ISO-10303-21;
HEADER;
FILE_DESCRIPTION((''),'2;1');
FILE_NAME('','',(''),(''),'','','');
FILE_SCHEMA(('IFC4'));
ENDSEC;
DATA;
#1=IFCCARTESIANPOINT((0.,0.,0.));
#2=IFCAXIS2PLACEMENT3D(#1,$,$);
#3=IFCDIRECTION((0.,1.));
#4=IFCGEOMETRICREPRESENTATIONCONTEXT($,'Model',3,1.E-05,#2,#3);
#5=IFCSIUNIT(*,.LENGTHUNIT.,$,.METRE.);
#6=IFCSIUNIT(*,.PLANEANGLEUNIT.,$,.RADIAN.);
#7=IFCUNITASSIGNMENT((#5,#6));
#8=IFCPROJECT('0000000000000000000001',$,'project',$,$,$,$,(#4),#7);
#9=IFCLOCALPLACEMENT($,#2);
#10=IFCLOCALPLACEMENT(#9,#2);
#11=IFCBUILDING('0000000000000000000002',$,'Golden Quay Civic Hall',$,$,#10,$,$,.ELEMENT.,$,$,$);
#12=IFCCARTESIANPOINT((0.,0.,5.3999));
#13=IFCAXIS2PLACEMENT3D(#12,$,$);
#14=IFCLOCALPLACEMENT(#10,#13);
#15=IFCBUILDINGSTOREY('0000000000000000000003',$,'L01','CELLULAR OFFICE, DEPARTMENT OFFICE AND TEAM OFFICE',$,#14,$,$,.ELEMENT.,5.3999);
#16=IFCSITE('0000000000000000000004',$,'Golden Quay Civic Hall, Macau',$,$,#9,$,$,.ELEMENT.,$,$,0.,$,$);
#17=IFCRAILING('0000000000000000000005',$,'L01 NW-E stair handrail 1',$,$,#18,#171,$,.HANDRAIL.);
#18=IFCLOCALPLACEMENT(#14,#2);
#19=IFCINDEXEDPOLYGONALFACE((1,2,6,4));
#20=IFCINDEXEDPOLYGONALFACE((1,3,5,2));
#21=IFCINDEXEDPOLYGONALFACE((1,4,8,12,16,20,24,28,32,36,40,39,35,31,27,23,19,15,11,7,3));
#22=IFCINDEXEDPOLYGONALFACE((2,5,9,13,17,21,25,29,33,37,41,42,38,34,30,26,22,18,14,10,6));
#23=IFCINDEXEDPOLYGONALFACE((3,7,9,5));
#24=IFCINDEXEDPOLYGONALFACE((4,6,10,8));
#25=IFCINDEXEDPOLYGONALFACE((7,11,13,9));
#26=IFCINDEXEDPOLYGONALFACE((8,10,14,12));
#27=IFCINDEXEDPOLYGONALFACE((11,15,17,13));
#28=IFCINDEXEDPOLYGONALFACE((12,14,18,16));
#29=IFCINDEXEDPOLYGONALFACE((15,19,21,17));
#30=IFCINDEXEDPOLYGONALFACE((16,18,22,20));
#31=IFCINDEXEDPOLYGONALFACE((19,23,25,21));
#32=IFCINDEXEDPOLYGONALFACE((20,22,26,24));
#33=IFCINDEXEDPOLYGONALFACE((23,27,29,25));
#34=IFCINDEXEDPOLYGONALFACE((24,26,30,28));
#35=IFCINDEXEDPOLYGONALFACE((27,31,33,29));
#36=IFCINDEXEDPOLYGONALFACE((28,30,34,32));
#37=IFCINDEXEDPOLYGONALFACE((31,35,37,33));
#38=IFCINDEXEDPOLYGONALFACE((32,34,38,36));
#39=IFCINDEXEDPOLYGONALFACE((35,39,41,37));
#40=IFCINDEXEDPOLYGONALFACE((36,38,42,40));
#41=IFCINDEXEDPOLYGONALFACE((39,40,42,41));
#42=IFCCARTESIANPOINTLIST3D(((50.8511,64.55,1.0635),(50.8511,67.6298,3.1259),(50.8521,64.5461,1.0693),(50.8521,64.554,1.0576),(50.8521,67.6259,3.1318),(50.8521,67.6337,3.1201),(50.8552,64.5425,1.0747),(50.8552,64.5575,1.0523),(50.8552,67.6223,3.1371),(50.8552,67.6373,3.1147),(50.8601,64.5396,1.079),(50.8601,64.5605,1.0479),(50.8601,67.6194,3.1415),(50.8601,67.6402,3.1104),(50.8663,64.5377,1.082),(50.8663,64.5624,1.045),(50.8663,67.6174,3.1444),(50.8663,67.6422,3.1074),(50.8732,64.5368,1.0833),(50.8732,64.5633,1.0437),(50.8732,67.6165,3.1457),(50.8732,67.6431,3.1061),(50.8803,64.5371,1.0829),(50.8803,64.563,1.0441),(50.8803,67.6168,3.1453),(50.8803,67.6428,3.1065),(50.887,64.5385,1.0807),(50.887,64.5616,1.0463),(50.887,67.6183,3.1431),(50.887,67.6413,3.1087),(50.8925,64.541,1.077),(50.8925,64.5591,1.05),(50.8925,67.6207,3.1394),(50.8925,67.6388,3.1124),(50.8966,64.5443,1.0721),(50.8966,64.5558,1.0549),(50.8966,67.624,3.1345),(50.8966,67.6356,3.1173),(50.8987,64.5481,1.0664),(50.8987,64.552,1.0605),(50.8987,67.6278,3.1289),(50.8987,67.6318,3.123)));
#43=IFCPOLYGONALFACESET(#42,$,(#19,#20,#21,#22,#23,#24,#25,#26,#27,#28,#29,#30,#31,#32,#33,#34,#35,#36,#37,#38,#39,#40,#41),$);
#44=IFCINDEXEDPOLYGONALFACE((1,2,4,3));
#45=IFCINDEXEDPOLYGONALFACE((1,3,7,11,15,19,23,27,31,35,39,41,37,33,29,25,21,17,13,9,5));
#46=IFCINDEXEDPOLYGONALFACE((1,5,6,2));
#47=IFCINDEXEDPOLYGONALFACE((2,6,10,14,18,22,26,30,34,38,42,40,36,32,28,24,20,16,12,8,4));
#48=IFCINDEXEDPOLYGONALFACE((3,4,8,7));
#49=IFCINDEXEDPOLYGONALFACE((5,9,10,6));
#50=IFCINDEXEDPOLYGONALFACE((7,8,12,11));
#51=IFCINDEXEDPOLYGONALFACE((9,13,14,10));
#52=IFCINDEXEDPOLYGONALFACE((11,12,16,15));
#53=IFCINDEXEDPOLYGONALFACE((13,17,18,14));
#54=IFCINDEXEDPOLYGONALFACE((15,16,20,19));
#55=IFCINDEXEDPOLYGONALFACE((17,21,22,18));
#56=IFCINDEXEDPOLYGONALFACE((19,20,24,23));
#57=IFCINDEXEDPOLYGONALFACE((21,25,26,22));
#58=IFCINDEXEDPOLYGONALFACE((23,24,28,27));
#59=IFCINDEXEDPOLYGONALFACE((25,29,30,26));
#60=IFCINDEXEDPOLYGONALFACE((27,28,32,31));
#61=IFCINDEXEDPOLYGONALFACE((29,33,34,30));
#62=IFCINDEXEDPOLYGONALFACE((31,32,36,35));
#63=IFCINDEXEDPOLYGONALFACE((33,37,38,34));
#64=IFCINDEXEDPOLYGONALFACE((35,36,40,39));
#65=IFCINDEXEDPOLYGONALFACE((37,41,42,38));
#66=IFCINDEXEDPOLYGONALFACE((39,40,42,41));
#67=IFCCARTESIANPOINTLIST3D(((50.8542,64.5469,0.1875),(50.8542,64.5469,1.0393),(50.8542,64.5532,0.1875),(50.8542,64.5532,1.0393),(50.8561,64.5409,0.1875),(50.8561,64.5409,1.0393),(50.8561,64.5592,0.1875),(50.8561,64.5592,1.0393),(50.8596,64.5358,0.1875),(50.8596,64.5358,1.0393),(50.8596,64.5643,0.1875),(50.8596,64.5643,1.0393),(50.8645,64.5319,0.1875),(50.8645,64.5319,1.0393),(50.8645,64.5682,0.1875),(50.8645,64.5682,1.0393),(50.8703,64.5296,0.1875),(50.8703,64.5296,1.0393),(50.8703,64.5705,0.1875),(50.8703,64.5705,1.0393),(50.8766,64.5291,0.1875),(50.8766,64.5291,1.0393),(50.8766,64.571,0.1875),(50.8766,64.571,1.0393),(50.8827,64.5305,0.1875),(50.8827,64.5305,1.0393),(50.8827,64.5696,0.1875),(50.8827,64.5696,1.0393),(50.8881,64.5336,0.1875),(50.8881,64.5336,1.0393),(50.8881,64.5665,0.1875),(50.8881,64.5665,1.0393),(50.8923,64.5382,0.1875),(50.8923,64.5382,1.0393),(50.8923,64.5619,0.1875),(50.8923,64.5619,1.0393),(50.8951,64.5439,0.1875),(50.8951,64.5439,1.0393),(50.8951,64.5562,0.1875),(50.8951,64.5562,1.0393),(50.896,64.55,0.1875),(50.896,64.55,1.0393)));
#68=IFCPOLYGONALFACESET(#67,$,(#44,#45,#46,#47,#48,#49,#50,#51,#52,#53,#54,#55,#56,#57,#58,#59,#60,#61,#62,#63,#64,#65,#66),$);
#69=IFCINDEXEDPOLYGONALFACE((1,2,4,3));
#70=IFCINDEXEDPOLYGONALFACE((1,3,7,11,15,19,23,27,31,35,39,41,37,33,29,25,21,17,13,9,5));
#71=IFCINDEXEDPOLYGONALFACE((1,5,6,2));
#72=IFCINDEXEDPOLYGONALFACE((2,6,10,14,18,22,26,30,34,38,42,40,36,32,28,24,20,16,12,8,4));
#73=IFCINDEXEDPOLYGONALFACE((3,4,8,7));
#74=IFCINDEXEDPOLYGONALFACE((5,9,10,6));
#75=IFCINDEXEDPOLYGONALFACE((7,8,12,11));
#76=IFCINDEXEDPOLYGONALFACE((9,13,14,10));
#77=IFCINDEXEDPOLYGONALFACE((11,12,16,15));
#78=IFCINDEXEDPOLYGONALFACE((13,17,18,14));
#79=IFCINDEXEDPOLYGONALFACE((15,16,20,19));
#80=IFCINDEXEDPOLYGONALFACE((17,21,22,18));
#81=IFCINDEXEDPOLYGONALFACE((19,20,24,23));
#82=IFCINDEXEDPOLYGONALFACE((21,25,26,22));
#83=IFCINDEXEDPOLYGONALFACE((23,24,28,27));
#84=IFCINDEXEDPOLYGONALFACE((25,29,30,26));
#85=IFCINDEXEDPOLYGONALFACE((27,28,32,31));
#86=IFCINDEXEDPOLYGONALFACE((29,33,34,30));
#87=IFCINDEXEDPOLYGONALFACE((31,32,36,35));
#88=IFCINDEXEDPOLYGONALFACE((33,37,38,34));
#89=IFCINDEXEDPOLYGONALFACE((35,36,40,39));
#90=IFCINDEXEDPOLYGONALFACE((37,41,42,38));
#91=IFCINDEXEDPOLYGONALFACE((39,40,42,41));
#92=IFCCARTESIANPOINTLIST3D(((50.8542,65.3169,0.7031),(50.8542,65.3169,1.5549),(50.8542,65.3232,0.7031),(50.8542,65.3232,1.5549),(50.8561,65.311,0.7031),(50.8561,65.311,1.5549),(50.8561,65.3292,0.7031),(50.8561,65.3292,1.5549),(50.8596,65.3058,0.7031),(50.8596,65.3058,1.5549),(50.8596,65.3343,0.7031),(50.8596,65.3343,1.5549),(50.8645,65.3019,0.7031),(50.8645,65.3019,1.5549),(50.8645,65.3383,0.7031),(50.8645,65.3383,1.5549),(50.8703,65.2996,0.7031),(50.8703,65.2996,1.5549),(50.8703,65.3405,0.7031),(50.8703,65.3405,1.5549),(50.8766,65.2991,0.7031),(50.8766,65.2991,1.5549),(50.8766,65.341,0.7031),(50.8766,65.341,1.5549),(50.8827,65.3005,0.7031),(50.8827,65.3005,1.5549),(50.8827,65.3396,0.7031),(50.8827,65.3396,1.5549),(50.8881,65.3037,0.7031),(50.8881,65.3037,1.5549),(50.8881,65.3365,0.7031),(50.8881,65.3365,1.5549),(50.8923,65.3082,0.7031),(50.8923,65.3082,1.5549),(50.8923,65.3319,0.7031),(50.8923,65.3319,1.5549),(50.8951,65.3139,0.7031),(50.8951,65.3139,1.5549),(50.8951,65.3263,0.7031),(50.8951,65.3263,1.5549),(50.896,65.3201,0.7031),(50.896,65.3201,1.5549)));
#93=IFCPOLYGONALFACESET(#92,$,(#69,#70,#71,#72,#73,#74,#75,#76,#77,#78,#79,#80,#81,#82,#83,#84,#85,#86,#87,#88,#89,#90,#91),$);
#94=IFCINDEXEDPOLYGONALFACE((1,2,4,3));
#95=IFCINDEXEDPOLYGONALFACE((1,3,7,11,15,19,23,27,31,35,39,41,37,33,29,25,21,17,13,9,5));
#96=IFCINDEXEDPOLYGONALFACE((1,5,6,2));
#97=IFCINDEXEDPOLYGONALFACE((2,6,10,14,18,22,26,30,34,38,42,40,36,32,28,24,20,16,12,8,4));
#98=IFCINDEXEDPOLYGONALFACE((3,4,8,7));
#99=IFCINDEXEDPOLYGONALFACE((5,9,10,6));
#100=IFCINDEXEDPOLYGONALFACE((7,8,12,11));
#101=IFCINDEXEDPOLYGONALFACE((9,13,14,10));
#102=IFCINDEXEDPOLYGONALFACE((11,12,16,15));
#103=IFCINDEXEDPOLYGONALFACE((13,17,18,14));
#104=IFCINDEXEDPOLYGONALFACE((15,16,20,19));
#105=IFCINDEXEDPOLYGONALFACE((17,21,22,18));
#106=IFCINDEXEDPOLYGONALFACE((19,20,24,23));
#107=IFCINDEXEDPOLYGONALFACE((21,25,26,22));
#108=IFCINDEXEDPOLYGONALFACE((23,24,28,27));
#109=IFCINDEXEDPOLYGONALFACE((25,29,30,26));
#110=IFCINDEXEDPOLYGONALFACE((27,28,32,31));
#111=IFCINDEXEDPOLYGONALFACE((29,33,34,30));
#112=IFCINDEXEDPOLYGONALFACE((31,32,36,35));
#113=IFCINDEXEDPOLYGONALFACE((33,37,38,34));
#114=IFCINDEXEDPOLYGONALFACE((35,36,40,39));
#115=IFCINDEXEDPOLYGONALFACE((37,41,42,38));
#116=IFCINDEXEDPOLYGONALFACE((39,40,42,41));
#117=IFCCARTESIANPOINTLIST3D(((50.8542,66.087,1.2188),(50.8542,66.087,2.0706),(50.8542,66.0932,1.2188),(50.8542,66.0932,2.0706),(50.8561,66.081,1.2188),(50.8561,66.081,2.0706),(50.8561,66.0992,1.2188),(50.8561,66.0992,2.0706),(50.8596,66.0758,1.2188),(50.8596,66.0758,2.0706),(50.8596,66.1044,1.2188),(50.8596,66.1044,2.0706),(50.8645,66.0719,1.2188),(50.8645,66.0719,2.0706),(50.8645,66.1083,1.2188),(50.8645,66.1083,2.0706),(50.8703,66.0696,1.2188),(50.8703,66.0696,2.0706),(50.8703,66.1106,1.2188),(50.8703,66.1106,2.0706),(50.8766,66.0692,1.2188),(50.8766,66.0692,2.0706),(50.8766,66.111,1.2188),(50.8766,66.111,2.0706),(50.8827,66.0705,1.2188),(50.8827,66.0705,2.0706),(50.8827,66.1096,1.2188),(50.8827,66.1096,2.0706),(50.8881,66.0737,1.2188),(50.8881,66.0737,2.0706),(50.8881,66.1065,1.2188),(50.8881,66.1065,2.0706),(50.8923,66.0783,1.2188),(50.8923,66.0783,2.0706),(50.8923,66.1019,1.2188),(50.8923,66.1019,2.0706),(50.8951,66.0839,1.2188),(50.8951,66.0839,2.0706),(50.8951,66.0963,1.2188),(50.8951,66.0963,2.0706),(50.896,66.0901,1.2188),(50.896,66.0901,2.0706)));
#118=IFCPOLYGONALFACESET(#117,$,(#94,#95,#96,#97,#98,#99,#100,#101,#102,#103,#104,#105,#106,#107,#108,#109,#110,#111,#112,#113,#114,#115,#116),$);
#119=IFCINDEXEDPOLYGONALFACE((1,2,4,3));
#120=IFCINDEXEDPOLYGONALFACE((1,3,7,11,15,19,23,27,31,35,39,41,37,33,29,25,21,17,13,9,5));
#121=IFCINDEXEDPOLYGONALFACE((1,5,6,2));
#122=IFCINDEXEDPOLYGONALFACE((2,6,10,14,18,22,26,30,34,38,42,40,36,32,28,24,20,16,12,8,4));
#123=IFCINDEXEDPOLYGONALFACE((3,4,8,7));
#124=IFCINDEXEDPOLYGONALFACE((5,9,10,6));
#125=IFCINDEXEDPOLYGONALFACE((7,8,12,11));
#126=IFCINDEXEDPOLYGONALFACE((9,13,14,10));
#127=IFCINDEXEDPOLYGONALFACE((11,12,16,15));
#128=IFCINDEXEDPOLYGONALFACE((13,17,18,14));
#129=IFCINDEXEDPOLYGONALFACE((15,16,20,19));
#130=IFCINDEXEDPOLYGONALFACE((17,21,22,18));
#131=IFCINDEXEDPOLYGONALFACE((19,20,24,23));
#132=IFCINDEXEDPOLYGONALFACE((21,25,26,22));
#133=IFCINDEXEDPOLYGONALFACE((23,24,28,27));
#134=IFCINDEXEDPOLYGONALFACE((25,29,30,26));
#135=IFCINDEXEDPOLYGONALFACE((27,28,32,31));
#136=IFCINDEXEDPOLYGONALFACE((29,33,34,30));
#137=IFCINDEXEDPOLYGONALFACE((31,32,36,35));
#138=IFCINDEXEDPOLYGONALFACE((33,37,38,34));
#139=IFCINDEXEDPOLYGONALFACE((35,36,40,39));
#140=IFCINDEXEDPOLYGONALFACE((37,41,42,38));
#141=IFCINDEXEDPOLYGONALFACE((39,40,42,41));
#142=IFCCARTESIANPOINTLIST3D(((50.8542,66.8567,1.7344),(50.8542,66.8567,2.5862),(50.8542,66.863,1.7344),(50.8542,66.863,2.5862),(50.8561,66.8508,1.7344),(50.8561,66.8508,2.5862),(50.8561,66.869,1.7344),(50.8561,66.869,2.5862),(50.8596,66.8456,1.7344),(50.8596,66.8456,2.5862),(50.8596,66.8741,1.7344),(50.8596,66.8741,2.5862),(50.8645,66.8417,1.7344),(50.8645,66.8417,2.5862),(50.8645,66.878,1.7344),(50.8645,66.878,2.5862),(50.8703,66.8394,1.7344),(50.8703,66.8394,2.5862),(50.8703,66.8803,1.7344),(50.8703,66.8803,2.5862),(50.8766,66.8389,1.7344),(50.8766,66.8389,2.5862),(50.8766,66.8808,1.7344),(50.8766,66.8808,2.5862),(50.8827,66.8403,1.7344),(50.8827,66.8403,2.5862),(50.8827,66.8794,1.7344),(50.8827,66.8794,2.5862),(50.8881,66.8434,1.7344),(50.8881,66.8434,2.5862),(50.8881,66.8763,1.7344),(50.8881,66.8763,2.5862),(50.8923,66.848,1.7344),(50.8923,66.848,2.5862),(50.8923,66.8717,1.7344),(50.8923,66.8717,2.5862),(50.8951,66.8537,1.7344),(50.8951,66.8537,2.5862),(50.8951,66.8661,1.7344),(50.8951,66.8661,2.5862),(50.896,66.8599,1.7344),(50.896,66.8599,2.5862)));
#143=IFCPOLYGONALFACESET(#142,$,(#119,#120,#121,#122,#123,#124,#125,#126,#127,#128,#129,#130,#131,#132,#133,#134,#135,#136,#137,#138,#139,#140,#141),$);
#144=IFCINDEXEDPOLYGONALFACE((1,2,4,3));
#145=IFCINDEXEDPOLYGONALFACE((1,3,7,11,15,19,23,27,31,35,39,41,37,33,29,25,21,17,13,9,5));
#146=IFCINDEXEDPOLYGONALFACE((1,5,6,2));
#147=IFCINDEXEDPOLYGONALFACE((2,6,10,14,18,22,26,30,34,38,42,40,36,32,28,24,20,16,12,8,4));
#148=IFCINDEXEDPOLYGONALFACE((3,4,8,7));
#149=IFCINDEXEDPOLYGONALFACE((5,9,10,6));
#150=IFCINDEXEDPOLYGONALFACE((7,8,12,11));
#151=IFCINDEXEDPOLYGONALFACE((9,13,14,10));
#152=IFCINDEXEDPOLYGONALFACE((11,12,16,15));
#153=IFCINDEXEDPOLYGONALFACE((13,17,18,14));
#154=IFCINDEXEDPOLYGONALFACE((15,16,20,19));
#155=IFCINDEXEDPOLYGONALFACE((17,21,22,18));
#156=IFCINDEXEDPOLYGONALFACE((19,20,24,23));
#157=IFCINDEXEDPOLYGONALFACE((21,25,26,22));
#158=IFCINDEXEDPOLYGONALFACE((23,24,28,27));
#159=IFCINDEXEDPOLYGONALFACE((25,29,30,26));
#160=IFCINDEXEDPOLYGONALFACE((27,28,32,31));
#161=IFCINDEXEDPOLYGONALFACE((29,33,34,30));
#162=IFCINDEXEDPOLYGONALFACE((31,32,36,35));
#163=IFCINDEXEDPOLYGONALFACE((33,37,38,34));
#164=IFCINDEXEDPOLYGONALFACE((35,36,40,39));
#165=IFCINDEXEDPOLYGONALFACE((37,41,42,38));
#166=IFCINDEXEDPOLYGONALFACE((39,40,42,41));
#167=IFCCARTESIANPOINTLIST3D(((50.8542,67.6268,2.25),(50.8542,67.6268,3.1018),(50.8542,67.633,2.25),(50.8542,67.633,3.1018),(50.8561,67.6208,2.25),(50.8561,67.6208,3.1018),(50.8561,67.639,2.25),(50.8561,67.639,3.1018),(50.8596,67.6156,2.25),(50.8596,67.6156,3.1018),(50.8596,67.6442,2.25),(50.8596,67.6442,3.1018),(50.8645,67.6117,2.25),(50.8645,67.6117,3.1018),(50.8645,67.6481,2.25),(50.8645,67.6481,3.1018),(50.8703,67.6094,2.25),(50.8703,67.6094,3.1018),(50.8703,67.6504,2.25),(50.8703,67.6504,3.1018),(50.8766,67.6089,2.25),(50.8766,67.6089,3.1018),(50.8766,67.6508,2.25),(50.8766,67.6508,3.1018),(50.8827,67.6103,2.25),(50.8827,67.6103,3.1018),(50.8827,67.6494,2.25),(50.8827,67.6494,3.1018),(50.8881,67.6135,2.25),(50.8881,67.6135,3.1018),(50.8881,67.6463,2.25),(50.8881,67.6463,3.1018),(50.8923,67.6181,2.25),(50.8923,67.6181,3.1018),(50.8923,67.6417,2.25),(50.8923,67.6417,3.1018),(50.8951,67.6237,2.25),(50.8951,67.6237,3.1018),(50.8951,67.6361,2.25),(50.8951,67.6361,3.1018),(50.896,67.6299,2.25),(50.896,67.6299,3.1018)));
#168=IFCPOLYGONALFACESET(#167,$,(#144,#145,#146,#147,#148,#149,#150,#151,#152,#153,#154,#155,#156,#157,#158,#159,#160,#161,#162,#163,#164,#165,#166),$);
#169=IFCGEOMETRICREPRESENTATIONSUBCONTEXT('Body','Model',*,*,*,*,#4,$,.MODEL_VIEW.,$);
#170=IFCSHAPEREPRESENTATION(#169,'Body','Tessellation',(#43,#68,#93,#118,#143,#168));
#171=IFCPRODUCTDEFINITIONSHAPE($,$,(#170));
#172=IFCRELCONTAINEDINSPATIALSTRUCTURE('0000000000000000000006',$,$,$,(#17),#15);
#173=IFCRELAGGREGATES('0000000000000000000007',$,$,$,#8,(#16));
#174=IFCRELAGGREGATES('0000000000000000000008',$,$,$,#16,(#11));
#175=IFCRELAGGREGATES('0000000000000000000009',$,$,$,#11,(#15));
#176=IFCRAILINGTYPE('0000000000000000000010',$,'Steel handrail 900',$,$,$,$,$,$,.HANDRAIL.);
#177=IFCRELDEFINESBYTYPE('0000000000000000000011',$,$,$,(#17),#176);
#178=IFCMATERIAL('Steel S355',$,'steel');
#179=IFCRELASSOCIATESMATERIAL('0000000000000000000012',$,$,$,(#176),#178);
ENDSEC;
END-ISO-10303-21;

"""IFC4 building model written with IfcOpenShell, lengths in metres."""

from ifc_helpers import new_model, si_unit, direction, frame, origin, origin_2d, place, context, subcontext, project, spatial, circle, extrude, material, type_object, element, save


model = new_model("IFC4")

# Units and contexts
model_context = context("Model", 3, precision=1e-05, world=origin(), true_north=direction((0.0, 1.0)))
body_context = subcontext(model_context, "Body", "Model", "MODEL_VIEW")
ifc_project = project(units=[si_unit("LENGTHUNIT", "METRE"), si_unit("PLANEANGLEUNIT", "RADIAN")], contexts=[model_context])

# Site, building, storey
site_placement = place(None, origin())
site = spatial("IfcSite", under=ifc_project, at=site_placement, Name="Golden Quay Civic Hall, Macau", CompositionType="ELEMENT", RefElevation=0.0)
building_placement = place(site_placement, origin())
building = spatial("IfcBuilding", under=site, at=building_placement, Name="Golden Quay Civic Hall", CompositionType="ELEMENT")
storey_placement = place(building_placement, frame((0.0, 0.0, 5.3999)))
storey = spatial("IfcBuildingStorey", under=building, at=storey_placement, Name="L01", Description="CELLULAR OFFICE, DEPARTMENT OFFICE AND TEAM OFFICE", CompositionType="ELEMENT", Elevation=5.3999)

# Railing
ifc_material_1 = material(Name="Steel S355", Category="steel")
railing_type_1 = type_object("IfcRailingType", Name="Steel handrail 900", PredefinedType="HANDRAIL", material=ifc_material_1)
railing_1_placement = place(storey_placement, frame((50.875, 64.55, 0.1875)))
element("IfcRailing", 1, at=railing_1_placement, inside=storey, type_object=railing_type_1, Name="L01 NW-E stair handrail 1", PredefinedType="HANDRAIL", context=body_context, shape_type="SweptSolid", body=[
    extrude(circle(Radius=0.0239, at=origin_2d()), frame((0.0, 0.0, 0.876), z_axis=(0.0, 0.830893, 0.556432), x_axis=(-1.0, 0.0, 0.0)), (0.0, 0.0, 1.0), 3.7065),
    extrude(circle(Radius=0.021, at=origin_2d()), origin(), (0.0, 0.0, 1.0), 0.8518),
    extrude(circle(Radius=0.021, at=origin_2d()), frame((0.0, 0.77, 0.5156)), (0.0, 0.0, 1.0), 0.8518),
    extrude(circle(Radius=0.021, at=origin_2d()), frame((0.0, 1.54, 1.0312)), (0.0, 0.0, 1.0), 0.8518),
    extrude(circle(Radius=0.021, at=origin_2d()), frame((0.0, 2.3098, 1.5469)), (0.0, 0.0, 1.0), 0.8518),
    extrude(circle(Radius=0.021, at=origin_2d()), frame((0.0, 3.0798, 2.0625)), (0.0, 0.0, 1.0), 0.8518),
])

save(model, "model.ifc")
